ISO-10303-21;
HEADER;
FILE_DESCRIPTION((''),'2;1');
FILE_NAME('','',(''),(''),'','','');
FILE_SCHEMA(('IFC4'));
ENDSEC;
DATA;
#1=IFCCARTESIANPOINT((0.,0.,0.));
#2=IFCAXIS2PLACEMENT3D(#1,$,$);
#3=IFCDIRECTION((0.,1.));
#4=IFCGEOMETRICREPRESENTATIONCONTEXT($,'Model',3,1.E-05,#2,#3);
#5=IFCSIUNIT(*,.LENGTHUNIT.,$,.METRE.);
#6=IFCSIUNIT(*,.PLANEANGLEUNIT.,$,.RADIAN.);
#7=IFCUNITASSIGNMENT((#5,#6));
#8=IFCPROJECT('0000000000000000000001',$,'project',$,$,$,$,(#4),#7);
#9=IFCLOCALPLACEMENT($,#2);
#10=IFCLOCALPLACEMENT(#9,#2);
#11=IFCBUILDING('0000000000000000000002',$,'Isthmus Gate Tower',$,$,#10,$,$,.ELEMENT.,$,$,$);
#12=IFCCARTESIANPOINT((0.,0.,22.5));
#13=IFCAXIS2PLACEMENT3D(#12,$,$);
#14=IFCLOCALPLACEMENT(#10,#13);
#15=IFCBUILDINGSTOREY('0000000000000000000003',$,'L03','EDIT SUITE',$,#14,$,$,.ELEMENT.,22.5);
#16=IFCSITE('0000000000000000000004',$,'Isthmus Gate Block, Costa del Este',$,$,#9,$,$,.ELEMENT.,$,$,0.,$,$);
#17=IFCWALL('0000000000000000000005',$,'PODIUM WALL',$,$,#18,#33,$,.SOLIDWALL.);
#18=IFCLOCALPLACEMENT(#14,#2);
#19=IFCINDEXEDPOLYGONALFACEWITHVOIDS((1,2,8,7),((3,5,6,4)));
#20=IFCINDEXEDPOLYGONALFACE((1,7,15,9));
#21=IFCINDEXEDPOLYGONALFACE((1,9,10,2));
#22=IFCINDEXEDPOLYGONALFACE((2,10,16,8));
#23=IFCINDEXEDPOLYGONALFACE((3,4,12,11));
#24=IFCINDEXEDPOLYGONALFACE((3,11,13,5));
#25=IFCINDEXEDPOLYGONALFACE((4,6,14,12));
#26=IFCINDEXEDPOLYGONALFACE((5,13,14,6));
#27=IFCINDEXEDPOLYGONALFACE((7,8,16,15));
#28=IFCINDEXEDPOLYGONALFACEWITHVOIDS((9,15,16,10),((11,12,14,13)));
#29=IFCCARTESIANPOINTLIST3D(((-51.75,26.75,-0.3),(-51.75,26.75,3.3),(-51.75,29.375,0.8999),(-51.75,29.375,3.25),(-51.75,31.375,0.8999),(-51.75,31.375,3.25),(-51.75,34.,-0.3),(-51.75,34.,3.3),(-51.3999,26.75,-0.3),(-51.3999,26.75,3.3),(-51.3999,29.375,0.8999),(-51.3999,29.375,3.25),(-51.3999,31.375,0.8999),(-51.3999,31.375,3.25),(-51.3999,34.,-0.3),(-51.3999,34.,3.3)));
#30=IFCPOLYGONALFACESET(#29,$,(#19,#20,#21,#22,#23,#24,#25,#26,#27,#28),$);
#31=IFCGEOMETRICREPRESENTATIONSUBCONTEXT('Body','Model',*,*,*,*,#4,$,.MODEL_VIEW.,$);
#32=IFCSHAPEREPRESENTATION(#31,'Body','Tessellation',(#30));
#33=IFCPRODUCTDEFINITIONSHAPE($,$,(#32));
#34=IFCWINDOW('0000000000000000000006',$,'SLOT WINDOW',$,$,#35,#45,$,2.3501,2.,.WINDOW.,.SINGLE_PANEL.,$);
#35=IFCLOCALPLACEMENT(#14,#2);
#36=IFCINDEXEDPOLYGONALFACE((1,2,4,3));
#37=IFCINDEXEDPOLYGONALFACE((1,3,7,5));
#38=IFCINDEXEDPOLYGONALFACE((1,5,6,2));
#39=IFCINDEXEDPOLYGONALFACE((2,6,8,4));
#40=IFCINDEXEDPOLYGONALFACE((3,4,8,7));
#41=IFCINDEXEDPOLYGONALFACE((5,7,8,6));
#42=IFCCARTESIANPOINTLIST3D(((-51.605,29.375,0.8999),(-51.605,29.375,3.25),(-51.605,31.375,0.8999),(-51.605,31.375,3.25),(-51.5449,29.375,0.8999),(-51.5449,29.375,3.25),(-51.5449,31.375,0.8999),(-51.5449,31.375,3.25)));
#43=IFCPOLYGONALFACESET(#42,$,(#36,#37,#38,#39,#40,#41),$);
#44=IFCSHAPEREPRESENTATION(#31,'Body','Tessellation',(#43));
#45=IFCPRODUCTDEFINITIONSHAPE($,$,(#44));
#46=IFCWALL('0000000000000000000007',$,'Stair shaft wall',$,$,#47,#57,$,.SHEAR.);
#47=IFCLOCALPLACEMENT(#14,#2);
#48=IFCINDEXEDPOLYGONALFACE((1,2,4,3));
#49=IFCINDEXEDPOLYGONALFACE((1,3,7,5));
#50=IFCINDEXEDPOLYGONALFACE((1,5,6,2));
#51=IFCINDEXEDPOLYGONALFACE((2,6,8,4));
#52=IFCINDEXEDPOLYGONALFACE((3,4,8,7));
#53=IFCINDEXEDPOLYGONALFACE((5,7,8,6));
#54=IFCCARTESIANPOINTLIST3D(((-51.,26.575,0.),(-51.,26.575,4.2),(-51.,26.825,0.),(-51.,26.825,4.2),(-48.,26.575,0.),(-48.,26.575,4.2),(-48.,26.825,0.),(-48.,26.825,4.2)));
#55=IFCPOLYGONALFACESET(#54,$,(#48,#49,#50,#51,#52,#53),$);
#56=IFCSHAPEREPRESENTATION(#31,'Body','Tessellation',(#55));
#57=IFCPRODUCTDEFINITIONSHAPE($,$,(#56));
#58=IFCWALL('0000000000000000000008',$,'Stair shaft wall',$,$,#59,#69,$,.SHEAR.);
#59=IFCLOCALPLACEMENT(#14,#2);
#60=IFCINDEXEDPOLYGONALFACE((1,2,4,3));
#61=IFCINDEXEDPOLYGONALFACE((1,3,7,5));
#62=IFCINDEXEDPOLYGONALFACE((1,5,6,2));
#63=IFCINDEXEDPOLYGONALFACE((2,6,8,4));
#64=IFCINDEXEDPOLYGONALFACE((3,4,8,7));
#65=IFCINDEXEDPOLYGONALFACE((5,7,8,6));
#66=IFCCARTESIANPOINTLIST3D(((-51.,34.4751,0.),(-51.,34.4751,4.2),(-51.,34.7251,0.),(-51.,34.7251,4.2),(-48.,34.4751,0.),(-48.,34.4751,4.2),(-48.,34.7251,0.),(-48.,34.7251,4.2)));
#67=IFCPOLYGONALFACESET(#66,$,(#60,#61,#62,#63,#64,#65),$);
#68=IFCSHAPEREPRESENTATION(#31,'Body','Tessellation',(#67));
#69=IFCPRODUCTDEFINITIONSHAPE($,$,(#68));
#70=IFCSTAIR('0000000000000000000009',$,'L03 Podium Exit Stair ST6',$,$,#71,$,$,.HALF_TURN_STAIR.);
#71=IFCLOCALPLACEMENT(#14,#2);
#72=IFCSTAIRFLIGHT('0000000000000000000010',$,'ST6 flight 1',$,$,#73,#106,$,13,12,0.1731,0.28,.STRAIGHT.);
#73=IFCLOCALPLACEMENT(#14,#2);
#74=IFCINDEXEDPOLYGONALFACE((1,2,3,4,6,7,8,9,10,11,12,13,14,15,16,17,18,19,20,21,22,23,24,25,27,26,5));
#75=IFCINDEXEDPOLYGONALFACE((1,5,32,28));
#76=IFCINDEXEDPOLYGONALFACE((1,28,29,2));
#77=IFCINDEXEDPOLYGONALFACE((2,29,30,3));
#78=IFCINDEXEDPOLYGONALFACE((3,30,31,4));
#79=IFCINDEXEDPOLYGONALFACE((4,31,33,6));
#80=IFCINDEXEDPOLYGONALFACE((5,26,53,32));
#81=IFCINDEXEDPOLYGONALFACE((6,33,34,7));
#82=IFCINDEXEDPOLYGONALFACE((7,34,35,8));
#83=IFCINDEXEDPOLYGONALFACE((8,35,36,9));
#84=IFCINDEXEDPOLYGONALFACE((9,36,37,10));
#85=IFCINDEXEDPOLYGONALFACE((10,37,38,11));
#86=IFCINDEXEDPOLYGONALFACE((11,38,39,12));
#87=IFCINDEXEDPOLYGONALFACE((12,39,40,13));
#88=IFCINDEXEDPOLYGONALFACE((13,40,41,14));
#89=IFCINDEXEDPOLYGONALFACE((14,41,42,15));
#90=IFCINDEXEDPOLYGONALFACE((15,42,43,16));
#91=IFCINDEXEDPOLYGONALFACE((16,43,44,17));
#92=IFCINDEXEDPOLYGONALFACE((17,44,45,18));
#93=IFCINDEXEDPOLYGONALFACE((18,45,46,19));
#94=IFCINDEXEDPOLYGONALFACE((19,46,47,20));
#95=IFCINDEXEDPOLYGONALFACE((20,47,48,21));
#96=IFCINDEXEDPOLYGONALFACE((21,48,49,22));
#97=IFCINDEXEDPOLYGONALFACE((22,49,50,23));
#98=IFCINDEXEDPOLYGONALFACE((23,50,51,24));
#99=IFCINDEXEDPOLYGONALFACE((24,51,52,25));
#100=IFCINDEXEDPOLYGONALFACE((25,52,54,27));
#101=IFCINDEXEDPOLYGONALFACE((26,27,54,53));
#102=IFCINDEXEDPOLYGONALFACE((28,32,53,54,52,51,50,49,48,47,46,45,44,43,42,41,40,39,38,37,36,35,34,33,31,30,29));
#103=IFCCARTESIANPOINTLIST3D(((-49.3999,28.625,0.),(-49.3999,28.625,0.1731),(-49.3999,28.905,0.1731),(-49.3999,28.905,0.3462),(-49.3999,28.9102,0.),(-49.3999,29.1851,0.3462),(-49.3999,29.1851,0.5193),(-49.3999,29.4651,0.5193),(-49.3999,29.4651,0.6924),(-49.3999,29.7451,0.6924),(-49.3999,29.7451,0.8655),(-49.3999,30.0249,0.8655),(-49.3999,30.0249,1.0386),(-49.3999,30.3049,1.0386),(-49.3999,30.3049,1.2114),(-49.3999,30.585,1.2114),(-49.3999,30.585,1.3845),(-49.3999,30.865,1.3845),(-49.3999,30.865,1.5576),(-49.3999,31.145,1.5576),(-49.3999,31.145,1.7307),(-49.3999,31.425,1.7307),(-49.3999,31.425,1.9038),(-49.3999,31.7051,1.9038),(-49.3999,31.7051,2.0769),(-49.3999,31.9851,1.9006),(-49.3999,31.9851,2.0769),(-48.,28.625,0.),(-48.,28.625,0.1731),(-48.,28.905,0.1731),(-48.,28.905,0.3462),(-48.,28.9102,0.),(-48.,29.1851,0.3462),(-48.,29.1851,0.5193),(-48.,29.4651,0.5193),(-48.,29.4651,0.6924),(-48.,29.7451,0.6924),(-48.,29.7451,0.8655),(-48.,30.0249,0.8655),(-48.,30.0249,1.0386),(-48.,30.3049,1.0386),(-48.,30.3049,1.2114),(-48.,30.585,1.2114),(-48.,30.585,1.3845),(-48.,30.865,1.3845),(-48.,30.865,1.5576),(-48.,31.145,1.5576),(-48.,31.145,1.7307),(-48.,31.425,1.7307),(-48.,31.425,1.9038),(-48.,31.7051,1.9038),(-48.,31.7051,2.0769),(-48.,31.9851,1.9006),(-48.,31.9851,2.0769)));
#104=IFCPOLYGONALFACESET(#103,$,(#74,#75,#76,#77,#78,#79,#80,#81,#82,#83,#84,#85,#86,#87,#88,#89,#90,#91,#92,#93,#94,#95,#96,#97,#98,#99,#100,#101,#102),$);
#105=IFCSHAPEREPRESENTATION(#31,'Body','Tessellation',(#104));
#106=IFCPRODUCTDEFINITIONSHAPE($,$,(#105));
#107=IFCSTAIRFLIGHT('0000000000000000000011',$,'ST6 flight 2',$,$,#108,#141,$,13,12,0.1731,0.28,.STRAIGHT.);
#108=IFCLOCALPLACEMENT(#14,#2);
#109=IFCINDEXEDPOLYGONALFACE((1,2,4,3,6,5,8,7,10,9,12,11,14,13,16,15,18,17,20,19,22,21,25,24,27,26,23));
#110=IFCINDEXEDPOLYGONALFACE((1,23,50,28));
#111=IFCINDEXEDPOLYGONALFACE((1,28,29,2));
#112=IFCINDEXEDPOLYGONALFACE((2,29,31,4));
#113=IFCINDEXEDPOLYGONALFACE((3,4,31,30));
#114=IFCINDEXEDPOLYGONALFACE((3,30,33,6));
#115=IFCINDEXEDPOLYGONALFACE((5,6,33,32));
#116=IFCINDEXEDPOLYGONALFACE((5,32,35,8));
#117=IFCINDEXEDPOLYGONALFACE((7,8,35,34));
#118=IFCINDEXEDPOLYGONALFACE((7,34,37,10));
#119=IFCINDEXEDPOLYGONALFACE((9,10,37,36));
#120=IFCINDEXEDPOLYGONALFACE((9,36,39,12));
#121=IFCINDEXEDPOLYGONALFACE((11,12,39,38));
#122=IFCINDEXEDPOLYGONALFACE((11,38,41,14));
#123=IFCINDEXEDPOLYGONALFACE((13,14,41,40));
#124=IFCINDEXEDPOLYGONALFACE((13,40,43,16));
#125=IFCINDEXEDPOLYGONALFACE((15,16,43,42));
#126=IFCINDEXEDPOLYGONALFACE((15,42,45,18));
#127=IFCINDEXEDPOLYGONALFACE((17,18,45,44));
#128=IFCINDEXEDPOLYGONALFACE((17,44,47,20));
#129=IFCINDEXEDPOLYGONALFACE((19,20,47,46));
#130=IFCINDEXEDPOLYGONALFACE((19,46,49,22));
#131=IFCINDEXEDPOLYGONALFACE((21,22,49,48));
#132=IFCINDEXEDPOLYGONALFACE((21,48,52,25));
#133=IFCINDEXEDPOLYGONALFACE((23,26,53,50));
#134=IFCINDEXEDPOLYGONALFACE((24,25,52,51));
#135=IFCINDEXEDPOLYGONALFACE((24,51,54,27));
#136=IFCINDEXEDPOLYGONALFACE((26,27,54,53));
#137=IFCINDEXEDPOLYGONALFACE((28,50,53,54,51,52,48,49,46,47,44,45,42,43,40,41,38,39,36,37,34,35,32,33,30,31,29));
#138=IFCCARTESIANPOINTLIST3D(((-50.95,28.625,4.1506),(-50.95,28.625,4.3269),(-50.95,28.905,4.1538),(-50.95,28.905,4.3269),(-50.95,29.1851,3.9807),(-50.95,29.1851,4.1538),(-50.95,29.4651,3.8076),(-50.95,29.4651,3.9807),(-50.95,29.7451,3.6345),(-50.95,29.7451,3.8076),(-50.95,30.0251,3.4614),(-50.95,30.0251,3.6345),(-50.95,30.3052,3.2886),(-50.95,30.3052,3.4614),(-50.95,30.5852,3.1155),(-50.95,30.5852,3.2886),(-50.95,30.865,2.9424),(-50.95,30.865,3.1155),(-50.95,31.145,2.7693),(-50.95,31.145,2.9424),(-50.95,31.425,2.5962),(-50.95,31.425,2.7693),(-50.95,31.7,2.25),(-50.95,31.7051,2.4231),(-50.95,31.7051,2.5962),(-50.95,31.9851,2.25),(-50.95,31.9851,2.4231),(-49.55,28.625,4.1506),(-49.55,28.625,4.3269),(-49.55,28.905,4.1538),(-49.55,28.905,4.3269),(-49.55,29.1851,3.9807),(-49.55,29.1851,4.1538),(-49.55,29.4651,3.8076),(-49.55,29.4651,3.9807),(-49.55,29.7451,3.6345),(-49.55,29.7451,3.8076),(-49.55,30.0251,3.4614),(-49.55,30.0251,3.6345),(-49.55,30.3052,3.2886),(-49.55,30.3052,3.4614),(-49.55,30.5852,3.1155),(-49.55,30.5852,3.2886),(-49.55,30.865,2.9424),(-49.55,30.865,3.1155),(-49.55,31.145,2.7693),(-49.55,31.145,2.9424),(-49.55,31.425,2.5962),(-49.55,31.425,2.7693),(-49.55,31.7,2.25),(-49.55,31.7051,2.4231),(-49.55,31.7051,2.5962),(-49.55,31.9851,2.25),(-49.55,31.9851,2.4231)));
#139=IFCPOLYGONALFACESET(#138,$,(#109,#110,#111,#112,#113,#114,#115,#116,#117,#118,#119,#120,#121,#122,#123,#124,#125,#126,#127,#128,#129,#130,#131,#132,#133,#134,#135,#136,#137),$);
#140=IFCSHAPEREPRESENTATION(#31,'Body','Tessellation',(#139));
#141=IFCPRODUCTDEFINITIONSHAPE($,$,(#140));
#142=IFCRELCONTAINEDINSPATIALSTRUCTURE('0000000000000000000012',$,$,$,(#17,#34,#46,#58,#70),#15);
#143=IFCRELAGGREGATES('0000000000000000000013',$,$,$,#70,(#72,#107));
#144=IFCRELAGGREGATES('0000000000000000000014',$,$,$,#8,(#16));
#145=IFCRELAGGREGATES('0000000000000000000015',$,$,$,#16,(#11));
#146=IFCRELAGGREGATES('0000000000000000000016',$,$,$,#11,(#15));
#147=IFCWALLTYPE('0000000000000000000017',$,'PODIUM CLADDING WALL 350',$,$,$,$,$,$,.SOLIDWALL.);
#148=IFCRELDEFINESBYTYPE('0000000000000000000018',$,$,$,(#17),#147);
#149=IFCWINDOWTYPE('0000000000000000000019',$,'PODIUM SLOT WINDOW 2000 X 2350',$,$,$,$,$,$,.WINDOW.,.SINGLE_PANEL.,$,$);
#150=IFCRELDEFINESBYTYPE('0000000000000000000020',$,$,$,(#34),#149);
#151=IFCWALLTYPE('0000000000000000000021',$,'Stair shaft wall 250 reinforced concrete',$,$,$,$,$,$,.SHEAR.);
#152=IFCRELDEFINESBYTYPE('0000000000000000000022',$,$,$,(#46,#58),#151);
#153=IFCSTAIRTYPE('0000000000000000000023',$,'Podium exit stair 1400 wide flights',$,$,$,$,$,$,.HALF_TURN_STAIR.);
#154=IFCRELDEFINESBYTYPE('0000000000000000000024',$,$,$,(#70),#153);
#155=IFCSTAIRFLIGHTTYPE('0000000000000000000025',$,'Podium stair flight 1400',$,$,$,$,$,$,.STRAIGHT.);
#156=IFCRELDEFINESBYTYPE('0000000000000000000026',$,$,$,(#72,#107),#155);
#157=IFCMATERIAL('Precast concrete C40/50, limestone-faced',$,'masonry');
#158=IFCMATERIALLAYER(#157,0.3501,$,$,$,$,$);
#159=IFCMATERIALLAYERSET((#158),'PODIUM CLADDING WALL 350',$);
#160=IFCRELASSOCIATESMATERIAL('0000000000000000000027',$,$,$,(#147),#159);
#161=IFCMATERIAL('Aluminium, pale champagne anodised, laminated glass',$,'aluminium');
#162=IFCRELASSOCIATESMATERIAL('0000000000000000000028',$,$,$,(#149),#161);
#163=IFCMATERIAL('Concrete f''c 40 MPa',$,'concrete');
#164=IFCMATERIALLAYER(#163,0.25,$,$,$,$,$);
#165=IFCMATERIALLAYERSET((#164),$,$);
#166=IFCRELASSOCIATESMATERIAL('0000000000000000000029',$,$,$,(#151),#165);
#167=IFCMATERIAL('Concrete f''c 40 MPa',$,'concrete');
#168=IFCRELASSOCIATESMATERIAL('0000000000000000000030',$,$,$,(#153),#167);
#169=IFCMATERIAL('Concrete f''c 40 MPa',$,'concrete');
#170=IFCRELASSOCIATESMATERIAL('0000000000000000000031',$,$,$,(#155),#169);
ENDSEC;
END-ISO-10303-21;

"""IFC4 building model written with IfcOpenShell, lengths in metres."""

from ifc_helpers import new_model, si_unit, direction, frame, frame_2d, origin, place, context, subcontext, project, spatial, polyline, rectangle, outline, extrude, material, layer, layer_set, type_object, element, fill, aggregate, save


model = new_model("IFC4")

# Units and contexts
model_context = context("Model", 3, precision=1e-05, world=origin(), true_north=direction((0.0, 1.0)))
body_context = subcontext(model_context, "Body", "Model", "MODEL_VIEW")
ifc_project = project(units=[si_unit("LENGTHUNIT", "METRE"), si_unit("PLANEANGLEUNIT", "RADIAN")], contexts=[model_context])

# Site, building, storey
site_placement = place(None, origin())
site = spatial("IfcSite", under=ifc_project, at=site_placement, Name="Isthmus Gate Block, Costa del Este", CompositionType="ELEMENT", RefElevation=0.0)
building_placement = place(site_placement, origin())
building = spatial("IfcBuilding", under=site, at=building_placement, Name="Isthmus Gate Tower", CompositionType="ELEMENT")
storey_placement = place(building_placement, frame((0.0, 0.0, 22.5)))
storey = spatial("IfcBuildingStorey", under=building, at=storey_placement, Name="L03", Description="EDIT SUITE", CompositionType="ELEMENT", Elevation=22.5)

# Wall, opening, window
ifc_material_1 = material(Name="Precast concrete C40/50, limestone-faced", Category="masonry")
ifc_layer_1 = layer(ifc_material_1, 0.3501)
ifc_layer_set_1 = layer_set([ifc_layer_1], Name="PODIUM CLADDING WALL 350")
wall_type_1 = type_object("IfcWallType", Name="PODIUM CLADDING WALL 350", PredefinedType="SOLIDWALL", material=ifc_layer_set_1)
wall_placement = place(storey_placement, frame((-51.575, 34.0, -0.3), z_axis=(0.0, 0.0, 1.0), x_axis=(0.0, -1.0, 0.0)))
wall = element("IfcWall", 1, at=wall_placement, inside=storey, type_object=wall_type_1, Name="PODIUM WALL", PredefinedType="SOLIDWALL", context=body_context, shape_type="SweptSolid", body=[
    extrude(rectangle(XDim=7.25, YDim=0.3501, at=frame_2d((3.625, 0.0))), origin(), (0.0, 0.0, 1.0), 3.6001),
])
opening_placement = place(wall_placement, frame((2.625, 0.0, 1.2)))
opening = element("IfcOpeningElement", 2, at=opening_placement, cuts=wall, PredefinedType="OPENING", context=body_context, shape_type="SweptSolid", body=[
    extrude(rectangle(XDim=2.0, YDim=2.3501, at=frame_2d((1.0, 1.175))), frame((0.0, 0.1851, 0.0), z_axis=(0.0, -1.0, 0.0), x_axis=(1.0, 0.0, 0.0)), (0.0, 0.0, 1.0), 0.3701),
])
ifc_material_2 = material(Name="Aluminium, pale champagne anodised, laminated glass", Category="aluminium")
window_type = type_object("IfcWindowType", Name="PODIUM SLOT WINDOW 2000 X 2350", PartitioningType="SINGLE_PANEL", PredefinedType="WINDOW", material=ifc_material_2)
window_placement = place(opening_placement, origin())
window = element("IfcWindow", 3, at=window_placement, inside=storey, type_object=window_type, Name="SLOT WINDOW", OverallHeight=2.3501, OverallWidth=2.0, PartitioningType="SINGLE_PANEL", PredefinedType="WINDOW", context=body_context, shape_type="SweptSolid", body=[
    extrude(rectangle(XDim=2.0, YDim=2.3501, at=frame_2d((1.0, 1.175))), frame((0.0, 0.03, 0.0), z_axis=(0.0, -1.0, 0.0), x_axis=(1.0, 0.0, 0.0)), (0.0, 0.0, 1.0), 0.0601),
])
fill(opening, window)

# Walls
ifc_material_3 = material(Name="Concrete f'c 40 MPa", Category="concrete")
ifc_layer_2 = layer(ifc_material_3, 0.25)
ifc_layer_set_2 = layer_set([ifc_layer_2])
wall_type_2 = type_object("IfcWallType", Name="Stair shaft wall 250 reinforced concrete", PredefinedType="SHEAR", material=ifc_layer_set_2)
for number, where, z_axis, x_axis, name in (
    (4, (-51.0, 26.7, 0.0), (0.0, 0.0, 1.0), (1.0, 0.0, 0.0), "Stair shaft wall"),
    (5, (-51.0, 34.6001, 0.0), (0.0, 0.0, 1.0), (1.0, 0.0, 0.0), "Stair shaft wall"),
):
    element("IfcWall", number, at=place(storey_placement, frame(where, z_axis=z_axis, x_axis=x_axis)), inside=storey, type_object=wall_type_2, Name=name, PredefinedType="SHEAR", context=body_context, shape_type="SweptSolid", body=[
        extrude(rectangle(XDim=3.0, YDim=0.25, at=frame_2d((1.5, 0.0))), origin(), (0.0, 0.0, 1.0), 4.2),
    ])

# Stair, stair flights
ifc_material_4 = material(Name="Concrete f'c 40 MPa", Category="concrete")
stair_type = type_object("IfcStairType", Name="Podium exit stair 1400 wide flights", PredefinedType="HALF_TURN_STAIR", material=ifc_material_4)
stair_placement = place(storey_placement, origin())
stair = element("IfcStair", 6, at=stair_placement, inside=storey, type_object=stair_type, Name="L03 Podium Exit Stair ST6", PredefinedType="HALF_TURN_STAIR")
ifc_material_5 = material(Name="Concrete f'c 40 MPa", Category="concrete")
stair_flight_type = type_object("IfcStairFlightType", Name="Podium stair flight 1400", PredefinedType="STRAIGHT", material=ifc_material_5)
stair_flight_1_placement = place(storey_placement, frame((-48.7, 28.625, 0.0), z_axis=(0.0, 0.0, 1.0), x_axis=(0.0, 1.0, 0.0)))
stair_flight_1 = element("IfcStairFlight", 7, at=stair_flight_1_placement, type_object=stair_flight_type, Name="ST6 flight 1", NumberOfRisers=13, NumberOfTreads=12, PredefinedType="STRAIGHT", RiserHeight=0.1731, TreadLength=0.28, context=body_context, shape_type="SweptSolid", body=[
    extrude(outline(polyline([(0.0, 0.0), (0.0, 0.1731), (0.28, 0.1731), (0.28, 0.3462), (0.5601, 0.3462), (0.5601, 0.5193), (0.8401, 0.5193), (0.8401, 0.6924), (1.1201, 0.6924), (1.1201, 0.8655), (1.3999, 0.8655), (1.3999, 1.0386), (1.6799, 1.0386), (1.6799, 1.2114), (1.96, 1.2114), (1.96, 1.3845), (2.24, 1.3845), (2.24, 1.5576), (2.52, 1.5576), (2.52, 1.7307), (2.8, 1.7307), (2.8, 1.9038), (3.0801, 1.9038), (3.0801, 2.0769), (3.3601, 2.0769), (3.3601, 2.25), (3.3601, 1.9006), (0.2852, 0.0), (0.0, 0.0)])), frame((0.0, 0.7, 0.0), z_axis=(0.0, -1.0, 0.0), x_axis=(1.0, 0.0, 0.0)), (0.0, 0.0, 1.0), 1.3999),
])
stair_flight_2_placement = place(storey_placement, frame((-50.25, 31.9851, 2.25), z_axis=(0.0, 0.0, 1.0), x_axis=(0.0, -1.0, 0.0)))
stair_flight_2 = element("IfcStairFlight", 8, at=stair_flight_2_placement, type_object=stair_flight_type, Name="ST6 flight 2", NumberOfRisers=13, NumberOfTreads=12, PredefinedType="STRAIGHT", RiserHeight=0.1731, TreadLength=0.28, context=body_context, shape_type="SweptSolid", body=[
    extrude(outline(polyline([(0.0, 0.0), (0.0, 0.1731), (0.28, 0.1731), (0.28, 0.3462), (0.5601, 0.3462), (0.5601, 0.5193), (0.8401, 0.5193), (0.8401, 0.6924), (1.1201, 0.6924), (1.1201, 0.8655), (1.3999, 0.8655), (1.3999, 1.0386), (1.6799, 1.0386), (1.6799, 1.2114), (1.96, 1.2114), (1.96, 1.3845), (2.24, 1.3845), (2.24, 1.5576), (2.52, 1.5576), (2.52, 1.7307), (2.8, 1.7307), (2.8, 1.9038), (3.0801, 1.9038), (3.0801, 2.0769), (3.3601, 2.0769), (3.3601, 2.25), (3.3601, 1.9006), (0.2852, 0.0), (0.0, 0.0)])), frame((0.0, 0.7, 0.0), z_axis=(0.0, -1.0, 0.0), x_axis=(1.0, 0.0, 0.0)), (0.0, 0.0, 1.0), 1.3999),
])
aggregate(stair, [stair_flight_1, stair_flight_2])

save(model, "model.ifc")
